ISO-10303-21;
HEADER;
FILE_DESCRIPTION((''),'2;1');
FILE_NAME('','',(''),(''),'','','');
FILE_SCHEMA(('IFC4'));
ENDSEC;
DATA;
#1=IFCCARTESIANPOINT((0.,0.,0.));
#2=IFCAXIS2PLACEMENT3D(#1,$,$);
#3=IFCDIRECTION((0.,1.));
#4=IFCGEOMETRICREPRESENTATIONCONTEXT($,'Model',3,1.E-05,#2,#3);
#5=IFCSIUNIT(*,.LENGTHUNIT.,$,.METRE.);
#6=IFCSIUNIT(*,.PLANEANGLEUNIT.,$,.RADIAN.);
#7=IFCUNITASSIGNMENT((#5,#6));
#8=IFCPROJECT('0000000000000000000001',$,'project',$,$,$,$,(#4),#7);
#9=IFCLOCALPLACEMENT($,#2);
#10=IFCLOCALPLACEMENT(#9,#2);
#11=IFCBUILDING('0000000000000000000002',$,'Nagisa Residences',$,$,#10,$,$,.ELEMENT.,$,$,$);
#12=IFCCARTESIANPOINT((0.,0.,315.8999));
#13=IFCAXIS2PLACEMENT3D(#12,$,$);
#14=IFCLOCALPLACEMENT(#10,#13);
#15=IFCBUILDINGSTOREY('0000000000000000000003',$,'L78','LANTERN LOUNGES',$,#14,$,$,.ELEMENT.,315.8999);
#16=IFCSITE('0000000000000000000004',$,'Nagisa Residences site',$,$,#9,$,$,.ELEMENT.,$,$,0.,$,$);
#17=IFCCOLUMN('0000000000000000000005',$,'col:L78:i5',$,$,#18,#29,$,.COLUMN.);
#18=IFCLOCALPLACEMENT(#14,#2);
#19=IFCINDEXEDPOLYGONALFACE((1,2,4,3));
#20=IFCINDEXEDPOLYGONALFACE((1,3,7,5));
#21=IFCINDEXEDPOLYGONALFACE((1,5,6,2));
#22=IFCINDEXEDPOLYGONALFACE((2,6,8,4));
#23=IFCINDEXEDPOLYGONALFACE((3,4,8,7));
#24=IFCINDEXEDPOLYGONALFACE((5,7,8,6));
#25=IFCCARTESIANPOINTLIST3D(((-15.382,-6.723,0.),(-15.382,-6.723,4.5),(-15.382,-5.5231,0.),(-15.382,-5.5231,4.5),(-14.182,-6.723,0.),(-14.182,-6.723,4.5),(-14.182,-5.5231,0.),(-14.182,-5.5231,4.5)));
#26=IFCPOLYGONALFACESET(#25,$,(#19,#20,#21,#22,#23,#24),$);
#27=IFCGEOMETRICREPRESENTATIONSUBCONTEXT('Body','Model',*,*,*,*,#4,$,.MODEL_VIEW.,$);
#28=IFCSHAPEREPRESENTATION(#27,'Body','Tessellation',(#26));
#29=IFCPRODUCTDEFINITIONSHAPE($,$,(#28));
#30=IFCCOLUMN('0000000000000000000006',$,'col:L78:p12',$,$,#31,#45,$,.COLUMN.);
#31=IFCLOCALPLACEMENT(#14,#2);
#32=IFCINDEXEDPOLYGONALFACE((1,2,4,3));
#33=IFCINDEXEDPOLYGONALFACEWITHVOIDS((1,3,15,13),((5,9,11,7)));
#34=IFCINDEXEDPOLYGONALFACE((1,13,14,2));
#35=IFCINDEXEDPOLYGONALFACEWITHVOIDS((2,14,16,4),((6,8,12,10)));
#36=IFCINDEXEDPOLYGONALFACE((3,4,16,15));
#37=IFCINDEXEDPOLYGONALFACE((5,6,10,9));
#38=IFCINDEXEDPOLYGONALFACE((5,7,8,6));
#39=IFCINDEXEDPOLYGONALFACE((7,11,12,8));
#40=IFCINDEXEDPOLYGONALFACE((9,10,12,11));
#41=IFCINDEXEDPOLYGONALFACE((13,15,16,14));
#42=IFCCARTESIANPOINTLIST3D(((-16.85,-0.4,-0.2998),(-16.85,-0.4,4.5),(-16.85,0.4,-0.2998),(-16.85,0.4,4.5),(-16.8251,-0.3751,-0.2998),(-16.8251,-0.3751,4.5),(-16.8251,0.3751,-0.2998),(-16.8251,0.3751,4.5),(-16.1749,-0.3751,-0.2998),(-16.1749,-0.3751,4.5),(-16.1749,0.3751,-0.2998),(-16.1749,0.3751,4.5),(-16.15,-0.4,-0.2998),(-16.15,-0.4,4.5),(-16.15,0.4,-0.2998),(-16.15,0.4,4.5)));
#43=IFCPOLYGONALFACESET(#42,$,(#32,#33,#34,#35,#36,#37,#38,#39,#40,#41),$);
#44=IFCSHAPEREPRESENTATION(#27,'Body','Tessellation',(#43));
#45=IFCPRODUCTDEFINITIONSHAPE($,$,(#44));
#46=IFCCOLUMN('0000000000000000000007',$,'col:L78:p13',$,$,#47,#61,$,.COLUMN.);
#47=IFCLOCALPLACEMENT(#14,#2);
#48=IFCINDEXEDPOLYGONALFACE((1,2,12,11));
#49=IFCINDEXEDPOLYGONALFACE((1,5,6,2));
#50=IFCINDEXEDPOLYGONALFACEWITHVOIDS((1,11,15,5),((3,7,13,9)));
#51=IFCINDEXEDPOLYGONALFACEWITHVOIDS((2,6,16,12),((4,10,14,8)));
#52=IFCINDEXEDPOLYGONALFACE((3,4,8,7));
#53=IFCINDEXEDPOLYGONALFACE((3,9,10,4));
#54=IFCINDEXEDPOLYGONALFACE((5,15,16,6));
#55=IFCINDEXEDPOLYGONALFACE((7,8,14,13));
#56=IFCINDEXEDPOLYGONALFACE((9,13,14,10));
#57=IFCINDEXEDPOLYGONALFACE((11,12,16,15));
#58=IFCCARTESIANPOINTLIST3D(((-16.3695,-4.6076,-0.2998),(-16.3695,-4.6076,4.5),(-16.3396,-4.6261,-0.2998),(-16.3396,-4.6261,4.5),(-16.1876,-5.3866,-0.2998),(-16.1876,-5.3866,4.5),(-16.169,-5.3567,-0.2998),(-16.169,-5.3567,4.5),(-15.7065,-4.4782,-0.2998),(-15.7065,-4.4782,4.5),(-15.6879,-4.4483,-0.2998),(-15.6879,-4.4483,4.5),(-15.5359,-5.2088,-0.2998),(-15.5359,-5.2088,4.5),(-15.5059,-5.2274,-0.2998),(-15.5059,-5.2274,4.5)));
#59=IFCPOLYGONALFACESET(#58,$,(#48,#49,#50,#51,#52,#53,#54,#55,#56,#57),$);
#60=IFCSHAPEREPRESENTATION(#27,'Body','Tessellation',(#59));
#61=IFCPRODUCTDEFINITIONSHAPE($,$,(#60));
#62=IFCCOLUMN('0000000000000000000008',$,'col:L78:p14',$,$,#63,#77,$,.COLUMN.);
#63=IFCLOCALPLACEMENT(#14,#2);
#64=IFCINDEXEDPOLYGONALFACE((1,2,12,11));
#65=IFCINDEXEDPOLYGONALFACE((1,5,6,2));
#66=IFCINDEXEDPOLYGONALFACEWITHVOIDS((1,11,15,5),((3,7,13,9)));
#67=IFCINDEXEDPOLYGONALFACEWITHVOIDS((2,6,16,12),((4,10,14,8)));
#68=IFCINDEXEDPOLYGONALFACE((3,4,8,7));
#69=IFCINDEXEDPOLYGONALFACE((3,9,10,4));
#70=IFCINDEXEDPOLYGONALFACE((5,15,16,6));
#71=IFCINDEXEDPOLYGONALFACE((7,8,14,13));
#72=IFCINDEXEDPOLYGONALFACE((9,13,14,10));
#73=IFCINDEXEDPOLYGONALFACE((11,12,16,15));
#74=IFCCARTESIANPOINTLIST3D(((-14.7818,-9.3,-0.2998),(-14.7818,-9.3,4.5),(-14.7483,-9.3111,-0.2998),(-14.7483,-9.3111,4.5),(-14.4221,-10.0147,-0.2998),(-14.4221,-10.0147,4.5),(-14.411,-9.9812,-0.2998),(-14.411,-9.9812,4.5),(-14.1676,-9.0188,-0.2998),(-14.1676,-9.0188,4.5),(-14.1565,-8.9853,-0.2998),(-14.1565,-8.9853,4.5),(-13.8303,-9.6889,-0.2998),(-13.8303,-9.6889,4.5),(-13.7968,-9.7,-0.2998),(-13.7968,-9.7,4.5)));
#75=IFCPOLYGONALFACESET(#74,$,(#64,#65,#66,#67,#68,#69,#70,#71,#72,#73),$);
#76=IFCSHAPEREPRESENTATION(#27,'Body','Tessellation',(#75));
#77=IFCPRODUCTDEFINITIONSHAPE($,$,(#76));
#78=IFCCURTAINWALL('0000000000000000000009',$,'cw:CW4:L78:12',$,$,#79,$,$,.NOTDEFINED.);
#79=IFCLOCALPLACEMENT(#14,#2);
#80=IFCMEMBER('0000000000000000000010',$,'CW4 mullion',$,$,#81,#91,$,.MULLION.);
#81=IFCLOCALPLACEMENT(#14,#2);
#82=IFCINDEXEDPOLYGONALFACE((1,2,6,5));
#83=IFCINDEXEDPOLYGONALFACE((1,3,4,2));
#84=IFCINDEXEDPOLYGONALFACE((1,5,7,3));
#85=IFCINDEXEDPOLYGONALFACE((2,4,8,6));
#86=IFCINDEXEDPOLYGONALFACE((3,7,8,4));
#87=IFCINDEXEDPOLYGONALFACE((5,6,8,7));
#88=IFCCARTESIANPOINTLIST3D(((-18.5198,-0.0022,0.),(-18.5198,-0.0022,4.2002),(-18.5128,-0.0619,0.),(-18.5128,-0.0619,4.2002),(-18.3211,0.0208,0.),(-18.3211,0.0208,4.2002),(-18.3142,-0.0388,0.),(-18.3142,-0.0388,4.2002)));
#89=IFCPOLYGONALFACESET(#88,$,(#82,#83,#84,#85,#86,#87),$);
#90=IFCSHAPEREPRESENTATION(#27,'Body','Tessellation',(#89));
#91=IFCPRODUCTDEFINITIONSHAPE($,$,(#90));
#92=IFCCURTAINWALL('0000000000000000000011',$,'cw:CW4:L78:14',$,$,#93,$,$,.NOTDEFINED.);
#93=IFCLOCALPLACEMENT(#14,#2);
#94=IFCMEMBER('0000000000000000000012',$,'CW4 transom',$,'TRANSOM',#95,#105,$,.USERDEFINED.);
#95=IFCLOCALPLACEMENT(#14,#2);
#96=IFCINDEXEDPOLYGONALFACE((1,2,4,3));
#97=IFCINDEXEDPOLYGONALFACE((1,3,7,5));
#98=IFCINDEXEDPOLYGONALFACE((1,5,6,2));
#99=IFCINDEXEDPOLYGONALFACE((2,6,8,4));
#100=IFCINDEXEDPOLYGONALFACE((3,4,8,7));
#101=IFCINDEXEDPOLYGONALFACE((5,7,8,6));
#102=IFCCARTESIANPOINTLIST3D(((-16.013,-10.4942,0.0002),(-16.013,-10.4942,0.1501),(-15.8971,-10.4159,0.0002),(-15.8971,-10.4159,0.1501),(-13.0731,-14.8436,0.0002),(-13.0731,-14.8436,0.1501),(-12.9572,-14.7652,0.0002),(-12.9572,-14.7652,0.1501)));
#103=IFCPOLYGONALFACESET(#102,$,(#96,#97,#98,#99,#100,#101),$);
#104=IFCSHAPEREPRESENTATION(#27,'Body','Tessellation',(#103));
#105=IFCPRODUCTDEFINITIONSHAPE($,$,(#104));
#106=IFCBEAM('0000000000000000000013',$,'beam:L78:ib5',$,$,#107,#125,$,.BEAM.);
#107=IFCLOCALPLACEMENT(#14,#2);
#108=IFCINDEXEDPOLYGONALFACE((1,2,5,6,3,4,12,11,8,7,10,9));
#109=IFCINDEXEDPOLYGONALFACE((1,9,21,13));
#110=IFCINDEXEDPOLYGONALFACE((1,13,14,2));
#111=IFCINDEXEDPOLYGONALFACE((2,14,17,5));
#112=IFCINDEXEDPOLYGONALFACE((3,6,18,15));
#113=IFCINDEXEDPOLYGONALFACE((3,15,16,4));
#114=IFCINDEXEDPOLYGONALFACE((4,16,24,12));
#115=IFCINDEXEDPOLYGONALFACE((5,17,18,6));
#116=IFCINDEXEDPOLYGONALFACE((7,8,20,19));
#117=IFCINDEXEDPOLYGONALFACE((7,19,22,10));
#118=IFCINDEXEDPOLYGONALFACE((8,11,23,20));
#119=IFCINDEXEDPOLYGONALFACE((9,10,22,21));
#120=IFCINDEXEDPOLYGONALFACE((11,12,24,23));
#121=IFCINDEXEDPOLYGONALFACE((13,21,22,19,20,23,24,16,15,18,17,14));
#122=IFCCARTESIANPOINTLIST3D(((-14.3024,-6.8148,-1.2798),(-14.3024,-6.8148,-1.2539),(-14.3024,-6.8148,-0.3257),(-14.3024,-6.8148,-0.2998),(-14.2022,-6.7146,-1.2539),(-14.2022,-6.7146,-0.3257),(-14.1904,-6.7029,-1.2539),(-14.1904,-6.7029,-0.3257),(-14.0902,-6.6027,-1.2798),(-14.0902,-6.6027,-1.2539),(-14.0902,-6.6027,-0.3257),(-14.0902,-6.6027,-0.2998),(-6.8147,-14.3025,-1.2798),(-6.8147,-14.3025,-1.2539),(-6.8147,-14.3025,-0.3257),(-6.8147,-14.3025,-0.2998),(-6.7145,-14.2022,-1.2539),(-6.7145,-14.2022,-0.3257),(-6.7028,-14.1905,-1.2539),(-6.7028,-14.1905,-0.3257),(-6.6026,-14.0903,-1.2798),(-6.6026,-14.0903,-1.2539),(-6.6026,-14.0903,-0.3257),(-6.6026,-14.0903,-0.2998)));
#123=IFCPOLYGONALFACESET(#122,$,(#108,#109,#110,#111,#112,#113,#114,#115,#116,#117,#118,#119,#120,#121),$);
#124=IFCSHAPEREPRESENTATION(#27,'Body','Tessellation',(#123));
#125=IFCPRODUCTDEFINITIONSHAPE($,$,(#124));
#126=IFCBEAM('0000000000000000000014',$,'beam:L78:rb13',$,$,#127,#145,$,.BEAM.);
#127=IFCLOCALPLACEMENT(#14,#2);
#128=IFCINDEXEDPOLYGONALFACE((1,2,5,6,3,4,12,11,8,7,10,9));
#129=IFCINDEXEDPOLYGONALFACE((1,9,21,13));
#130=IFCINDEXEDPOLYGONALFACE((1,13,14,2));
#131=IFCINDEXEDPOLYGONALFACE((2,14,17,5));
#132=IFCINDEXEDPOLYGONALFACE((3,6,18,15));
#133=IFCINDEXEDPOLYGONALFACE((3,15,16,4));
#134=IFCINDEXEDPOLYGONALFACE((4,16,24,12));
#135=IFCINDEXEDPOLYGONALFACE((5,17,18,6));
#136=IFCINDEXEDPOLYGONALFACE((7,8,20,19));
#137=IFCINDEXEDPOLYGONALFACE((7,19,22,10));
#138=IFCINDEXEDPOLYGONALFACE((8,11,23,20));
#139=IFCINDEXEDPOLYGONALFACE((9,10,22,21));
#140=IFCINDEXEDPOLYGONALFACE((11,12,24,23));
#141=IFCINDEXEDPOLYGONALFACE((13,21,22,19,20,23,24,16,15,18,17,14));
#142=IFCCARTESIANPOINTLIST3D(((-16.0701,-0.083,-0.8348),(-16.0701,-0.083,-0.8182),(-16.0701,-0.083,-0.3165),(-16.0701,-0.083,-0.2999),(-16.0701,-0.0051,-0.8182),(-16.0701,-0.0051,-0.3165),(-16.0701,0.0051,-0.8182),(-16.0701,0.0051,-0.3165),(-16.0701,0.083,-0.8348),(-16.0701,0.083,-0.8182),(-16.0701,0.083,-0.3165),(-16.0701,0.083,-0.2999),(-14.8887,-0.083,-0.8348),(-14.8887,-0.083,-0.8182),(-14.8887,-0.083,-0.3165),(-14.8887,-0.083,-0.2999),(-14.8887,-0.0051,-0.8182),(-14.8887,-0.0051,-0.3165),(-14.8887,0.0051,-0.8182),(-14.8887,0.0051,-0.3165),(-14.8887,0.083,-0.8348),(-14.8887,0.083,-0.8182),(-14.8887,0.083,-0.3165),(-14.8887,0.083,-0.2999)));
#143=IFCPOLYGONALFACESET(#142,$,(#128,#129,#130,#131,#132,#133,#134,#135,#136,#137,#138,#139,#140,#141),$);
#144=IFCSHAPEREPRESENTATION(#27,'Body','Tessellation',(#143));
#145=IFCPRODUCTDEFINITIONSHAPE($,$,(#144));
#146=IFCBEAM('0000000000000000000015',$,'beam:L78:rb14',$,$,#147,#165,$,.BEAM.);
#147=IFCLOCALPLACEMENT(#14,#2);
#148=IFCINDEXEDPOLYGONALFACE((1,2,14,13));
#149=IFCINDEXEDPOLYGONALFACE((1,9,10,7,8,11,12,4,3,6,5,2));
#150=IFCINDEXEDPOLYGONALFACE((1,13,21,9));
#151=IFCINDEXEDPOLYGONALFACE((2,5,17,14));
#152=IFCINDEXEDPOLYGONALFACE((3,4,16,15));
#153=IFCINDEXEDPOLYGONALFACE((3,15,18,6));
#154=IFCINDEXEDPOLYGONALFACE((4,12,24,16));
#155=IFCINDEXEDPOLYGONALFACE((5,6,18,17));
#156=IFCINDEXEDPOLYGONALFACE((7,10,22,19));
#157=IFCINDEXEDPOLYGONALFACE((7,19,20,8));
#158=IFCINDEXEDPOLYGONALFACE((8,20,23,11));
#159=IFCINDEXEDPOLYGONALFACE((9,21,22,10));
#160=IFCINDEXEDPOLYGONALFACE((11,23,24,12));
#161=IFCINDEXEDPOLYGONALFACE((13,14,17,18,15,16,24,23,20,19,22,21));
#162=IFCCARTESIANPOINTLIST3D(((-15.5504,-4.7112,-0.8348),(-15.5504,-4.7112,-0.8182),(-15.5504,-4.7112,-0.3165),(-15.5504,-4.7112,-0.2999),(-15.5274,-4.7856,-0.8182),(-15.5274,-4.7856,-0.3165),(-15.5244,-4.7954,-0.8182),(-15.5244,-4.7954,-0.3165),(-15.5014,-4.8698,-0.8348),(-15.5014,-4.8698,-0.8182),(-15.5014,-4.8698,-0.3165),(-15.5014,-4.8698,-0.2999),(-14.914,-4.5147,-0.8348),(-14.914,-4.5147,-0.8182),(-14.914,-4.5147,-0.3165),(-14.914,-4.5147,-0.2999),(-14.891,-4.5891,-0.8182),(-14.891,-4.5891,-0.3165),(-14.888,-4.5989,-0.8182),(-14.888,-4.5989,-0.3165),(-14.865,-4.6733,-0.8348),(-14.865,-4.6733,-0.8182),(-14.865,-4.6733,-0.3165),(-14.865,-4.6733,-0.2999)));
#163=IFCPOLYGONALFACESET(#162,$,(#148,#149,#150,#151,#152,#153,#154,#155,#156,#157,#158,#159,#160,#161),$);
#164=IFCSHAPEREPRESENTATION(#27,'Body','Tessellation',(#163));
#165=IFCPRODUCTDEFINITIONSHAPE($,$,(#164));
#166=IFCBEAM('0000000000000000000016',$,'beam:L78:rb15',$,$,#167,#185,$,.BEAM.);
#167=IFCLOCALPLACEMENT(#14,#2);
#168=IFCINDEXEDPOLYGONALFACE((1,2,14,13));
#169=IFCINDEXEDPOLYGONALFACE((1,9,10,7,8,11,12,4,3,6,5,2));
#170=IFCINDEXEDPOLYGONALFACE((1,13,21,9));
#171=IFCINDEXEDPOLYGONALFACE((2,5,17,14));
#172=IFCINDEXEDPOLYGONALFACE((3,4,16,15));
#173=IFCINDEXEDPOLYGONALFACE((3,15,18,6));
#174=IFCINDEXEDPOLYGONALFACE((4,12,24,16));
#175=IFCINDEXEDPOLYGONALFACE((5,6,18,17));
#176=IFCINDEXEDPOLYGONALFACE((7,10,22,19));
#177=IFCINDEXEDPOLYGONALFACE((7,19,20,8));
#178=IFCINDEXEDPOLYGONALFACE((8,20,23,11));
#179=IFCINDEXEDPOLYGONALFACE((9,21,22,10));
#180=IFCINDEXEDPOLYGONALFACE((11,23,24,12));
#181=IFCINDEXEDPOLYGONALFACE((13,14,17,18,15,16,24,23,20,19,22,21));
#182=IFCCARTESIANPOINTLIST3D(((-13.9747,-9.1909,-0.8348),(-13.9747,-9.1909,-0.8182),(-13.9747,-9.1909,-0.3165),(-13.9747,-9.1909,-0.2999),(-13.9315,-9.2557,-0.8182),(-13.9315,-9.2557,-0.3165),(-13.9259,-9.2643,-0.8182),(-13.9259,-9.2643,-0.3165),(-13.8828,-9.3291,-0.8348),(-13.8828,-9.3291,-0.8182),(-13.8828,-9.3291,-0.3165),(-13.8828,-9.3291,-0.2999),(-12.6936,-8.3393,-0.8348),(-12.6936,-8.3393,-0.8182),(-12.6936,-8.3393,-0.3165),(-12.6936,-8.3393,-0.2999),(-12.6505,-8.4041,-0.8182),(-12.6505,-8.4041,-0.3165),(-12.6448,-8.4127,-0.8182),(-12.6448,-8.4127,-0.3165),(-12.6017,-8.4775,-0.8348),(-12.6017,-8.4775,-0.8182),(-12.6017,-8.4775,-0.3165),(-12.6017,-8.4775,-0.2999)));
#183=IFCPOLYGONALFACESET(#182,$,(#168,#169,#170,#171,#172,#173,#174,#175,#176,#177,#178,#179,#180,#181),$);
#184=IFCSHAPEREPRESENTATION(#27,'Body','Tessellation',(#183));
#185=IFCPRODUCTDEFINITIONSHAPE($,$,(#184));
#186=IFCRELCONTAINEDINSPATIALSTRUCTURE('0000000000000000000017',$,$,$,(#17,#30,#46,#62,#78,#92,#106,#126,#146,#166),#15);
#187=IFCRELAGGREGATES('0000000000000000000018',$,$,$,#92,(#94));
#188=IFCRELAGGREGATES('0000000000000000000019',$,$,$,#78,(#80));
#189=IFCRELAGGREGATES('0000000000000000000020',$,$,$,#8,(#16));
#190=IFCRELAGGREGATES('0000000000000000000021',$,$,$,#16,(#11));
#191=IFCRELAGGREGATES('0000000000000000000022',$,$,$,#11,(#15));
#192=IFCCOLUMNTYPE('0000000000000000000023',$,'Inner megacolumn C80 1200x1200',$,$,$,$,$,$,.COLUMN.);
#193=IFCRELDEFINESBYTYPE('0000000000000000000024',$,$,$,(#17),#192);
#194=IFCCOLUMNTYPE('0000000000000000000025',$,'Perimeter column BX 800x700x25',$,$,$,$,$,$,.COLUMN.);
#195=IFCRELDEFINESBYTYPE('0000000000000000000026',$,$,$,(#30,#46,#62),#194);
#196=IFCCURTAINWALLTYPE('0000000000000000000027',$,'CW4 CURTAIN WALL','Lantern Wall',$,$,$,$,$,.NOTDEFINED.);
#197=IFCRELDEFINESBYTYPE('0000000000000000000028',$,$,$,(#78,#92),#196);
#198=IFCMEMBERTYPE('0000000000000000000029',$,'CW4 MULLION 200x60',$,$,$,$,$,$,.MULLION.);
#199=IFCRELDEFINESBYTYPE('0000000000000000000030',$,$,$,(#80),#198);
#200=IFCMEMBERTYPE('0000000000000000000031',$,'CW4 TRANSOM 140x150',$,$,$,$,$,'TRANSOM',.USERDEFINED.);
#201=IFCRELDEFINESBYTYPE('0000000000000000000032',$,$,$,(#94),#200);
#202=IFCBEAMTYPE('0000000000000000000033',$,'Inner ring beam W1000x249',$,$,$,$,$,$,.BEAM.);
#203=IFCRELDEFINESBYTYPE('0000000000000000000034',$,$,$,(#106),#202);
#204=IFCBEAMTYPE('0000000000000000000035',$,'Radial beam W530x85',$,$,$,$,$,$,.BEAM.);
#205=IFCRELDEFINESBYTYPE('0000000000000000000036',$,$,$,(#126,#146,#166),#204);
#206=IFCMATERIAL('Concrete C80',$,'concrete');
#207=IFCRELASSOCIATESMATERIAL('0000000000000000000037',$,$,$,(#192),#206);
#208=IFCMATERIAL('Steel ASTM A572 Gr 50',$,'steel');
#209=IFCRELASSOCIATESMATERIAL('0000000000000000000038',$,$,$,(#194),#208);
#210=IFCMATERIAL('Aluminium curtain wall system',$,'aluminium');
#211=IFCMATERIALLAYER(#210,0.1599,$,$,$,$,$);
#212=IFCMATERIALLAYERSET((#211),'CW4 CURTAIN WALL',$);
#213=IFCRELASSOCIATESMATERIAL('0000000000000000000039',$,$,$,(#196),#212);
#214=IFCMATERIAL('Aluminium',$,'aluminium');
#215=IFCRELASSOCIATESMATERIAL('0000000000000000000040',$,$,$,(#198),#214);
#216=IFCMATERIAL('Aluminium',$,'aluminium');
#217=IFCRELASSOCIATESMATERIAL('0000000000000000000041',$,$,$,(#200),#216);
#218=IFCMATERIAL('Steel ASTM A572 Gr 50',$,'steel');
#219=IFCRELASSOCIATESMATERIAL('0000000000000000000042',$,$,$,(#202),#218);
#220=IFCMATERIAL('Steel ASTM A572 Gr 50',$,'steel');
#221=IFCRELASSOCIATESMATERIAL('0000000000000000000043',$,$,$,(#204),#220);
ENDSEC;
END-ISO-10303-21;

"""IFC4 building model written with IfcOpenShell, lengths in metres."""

from ifc_helpers import new_model, si_unit, direction, frame, origin, origin_2d, place, context, subcontext, project, spatial, rectangle, hollow_rectangle, i_section, extrude, material, layer, layer_set, material_profile, profile_set, type_object, element, aggregate, save


model = new_model("IFC4")

# Units and contexts
model_context = context("Model", 3, precision=1e-05, world=origin(), true_north=direction((0.0, 1.0)))
body_context = subcontext(model_context, "Body", "Model", "MODEL_VIEW")
ifc_project = project(units=[si_unit("LENGTHUNIT", "METRE"), si_unit("PLANEANGLEUNIT", "RADIAN")], contexts=[model_context])

# Site, building, storey
site_placement = place(None, origin())
site = spatial("IfcSite", under=ifc_project, at=site_placement, Name="Nagisa Residences site", CompositionType="ELEMENT", RefElevation=0.0)
building_placement = place(site_placement, origin())
building = spatial("IfcBuilding", under=site, at=building_placement, Name="Nagisa Residences", CompositionType="ELEMENT")
storey_placement = place(building_placement, frame((0.0, 0.0, 315.8999)))
storey = spatial("IfcBuildingStorey", under=building, at=storey_placement, Name="L78", Description="LANTERN LOUNGES", CompositionType="ELEMENT", Elevation=315.8999)

# Columns
ifc_material_1 = material(Name="Concrete C80", Category="concrete")
ifc_material_profile_1 = material_profile(ifc_material_1, rectangle(XDim=1.2, YDim=1.2, at=origin_2d()), Name="C80 1200x1200")
ifc_profile_set_1 = profile_set([ifc_material_profile_1], Name="Concrete C80")
column_type_1 = type_object("IfcColumnType", Name="Inner megacolumn C80 1200x1200", PredefinedType="COLUMN", material=ifc_profile_set_1)
column_placement = place(storey_placement, frame((-14.782, -6.123, 0.0), z_axis=(0.0, 0.0, 1.0), x_axis=(1.0, 0.0, 0.0)))
element("IfcColumn", 1, at=column_placement, inside=storey, type_object=column_type_1, Name="col:L78:i5", PredefinedType="COLUMN", context=body_context, shape_type="SweptSolid", body=[
    extrude(rectangle(XDim=1.2, YDim=1.2, at=origin_2d()), origin(), (0.0, 0.0, 1.0), 4.5),
])
ifc_material_2 = material(Name="Steel ASTM A572 Gr 50", Category="steel")
ifc_material_profile_2 = material_profile(ifc_material_2, hollow_rectangle(XDim=0.8, YDim=0.7, WallThickness=0.0249, at=origin_2d()), Name="BX 800x700x25")
ifc_profile_set_2 = profile_set([ifc_material_profile_2], Name="Steel ASTM A572 Gr 50")
column_type_2 = type_object("IfcColumnType", Name="Perimeter column BX 800x700x25", PredefinedType="COLUMN", material=ifc_profile_set_2)
for number, where, z_axis, x_axis, name in (
    (2, (-16.5, 0.0, -0.2998), (0.0, 0.0, 1.0), (0.0, -1.0, 0.0), "col:L78:p12"),
    (3, (-15.9377, -4.9175, -0.2998), (0.0, 0.0, 1.0), (0.227473, -0.973784, 0.0), "col:L78:p13"),
    (4, (-14.2893, -9.5, -0.2998), (0.0, 0.0, 1.0), (0.449592, -0.893234, 0.0), "col:L78:p14"),
):
    element("IfcColumn", number, at=place(storey_placement, frame(where, z_axis=z_axis, x_axis=x_axis)), inside=storey, type_object=column_type_2, Name=name, PredefinedType="COLUMN", context=body_context, shape_type="SweptSolid", body=[
        extrude(hollow_rectangle(XDim=0.8, YDim=0.7, WallThickness=0.0249, at=origin_2d()), origin(), (0.0, 0.0, 1.0), 4.7998),
    ])

# Curtain walls, members
ifc_material_3 = material(Name="Aluminium curtain wall system", Category="aluminium")
ifc_layer_1 = layer(ifc_material_3, 0.1599)
ifc_layer_set_1 = layer_set([ifc_layer_1], Name="CW4 CURTAIN WALL")
curtain_wall_type = type_object("IfcCurtainWallType", Name="CW4 CURTAIN WALL", Description="Lantern Wall", PredefinedType="NOTDEFINED", material=ifc_layer_set_1)
curtain_wall_1_placement = place(storey_placement, origin())
curtain_wall_1 = element("IfcCurtainWall", 5, at=curtain_wall_1_placement, inside=storey, type_object=curtain_wall_type, Name="cw:CW4:L78:12", PredefinedType="NOTDEFINED")
ifc_material_4 = material(Name="Aluminium", Category="aluminium")
ifc_material_profile_3 = material_profile(ifc_material_4, rectangle(XDim=0.2, YDim=0.0601, at=origin_2d()), Name="CW4 MULLION 200x60")
ifc_profile_set_3 = profile_set([ifc_material_profile_3], Name="Aluminium")
member_type_1 = type_object("IfcMemberType", Name="CW4 MULLION 200x60", PredefinedType="MULLION", material=ifc_profile_set_3)
member_1_placement = place(storey_placement, frame((-18.417, -0.0205, 0.0), z_axis=(0.0, 0.0, 1.0), x_axis=(0.993341, 0.115207, 0.0)))
member_1 = element("IfcMember", 6, at=member_1_placement, type_object=member_type_1, Name="CW4 mullion", PredefinedType="MULLION", context=body_context, shape_type="SweptSolid", body=[
    extrude(rectangle(XDim=0.2, YDim=0.0601, at=origin_2d()), origin(), (0.0, 0.0, 1.0), 4.2002),
])
curtain_wall_2_placement = place(storey_placement, origin())
curtain_wall_2 = element("IfcCurtainWall", 7, at=curtain_wall_2_placement, inside=storey, type_object=curtain_wall_type, Name="cw:CW4:L78:14", PredefinedType="NOTDEFINED")
ifc_material_5 = material(Name="Aluminium", Category="aluminium")
ifc_material_profile_4 = material_profile(ifc_material_5, rectangle(XDim=0.1399, YDim=0.1499, at=origin_2d()), Name="CW4 TRANSOM 140x150")
ifc_profile_set_4 = profile_set([ifc_material_profile_4], Name="Aluminium")
member_type_2 = type_object("IfcMemberType", Name="CW4 TRANSOM 140x150", ElementType="TRANSOM", PredefinedType="USERDEFINED", material=ifc_profile_set_4)
member_2_placement = place(storey_placement, frame((-15.9551, -10.4551, 0.0752), z_axis=(0.560012, -0.828485, 0.0), x_axis=(0.828485, 0.560012, 0.0)))
member_2 = element("IfcMember", 8, at=member_2_placement, type_object=member_type_2, Name="CW4 transom", ObjectType="TRANSOM", PredefinedType="USERDEFINED", context=body_context, shape_type="SweptSolid", body=[
    extrude(rectangle(XDim=0.1399, YDim=0.1499, at=origin_2d()), origin(), (0.0, 0.0, 1.0), 5.2498),
])
aggregate(curtain_wall_2, [member_2])

# Beams
ifc_material_6 = material(Name="Steel ASTM A572 Gr 50", Category="steel")
ifc_material_profile_5 = material_profile(ifc_material_6, i_section(OverallWidth=0.3, OverallDepth=0.98, WebThickness=0.0166, FlangeThickness=0.0259, at=origin_2d()), Name="W1000x249")
ifc_profile_set_5 = profile_set([ifc_material_profile_5], Name="Steel ASTM A572 Gr 50")
beam_type_1 = type_object("IfcBeamType", Name="Inner ring beam W1000x249", PredefinedType="BEAM", material=ifc_profile_set_5)
beam_1_placement = place(storey_placement, frame((-14.1963, -6.7087, -0.7898), z_axis=(0.707107, -0.707107, 0.0), x_axis=(0.707107, 0.707107, 0.0)))
element("IfcBeam", 9, at=beam_1_placement, inside=storey, type_object=beam_type_1, Name="beam:L78:ib5", PredefinedType="BEAM", context=body_context, shape_type="SweptSolid", body=[
    extrude(i_section(OverallWidth=0.3, OverallDepth=0.98, WebThickness=0.0166, FlangeThickness=0.0259, at=origin_2d()), origin(), (0.0, 0.0, 1.0), 10.5891),
])
ifc_material_7 = material(Name="Steel ASTM A572 Gr 50", Category="steel")
ifc_material_profile_6 = material_profile(ifc_material_7, i_section(OverallWidth=0.166, OverallDepth=0.5349, WebThickness=0.0103, FlangeThickness=0.0166, at=origin_2d()), Name="W530x85")
ifc_profile_set_6 = profile_set([ifc_material_profile_6], Name="Steel ASTM A572 Gr 50")
beam_type_2 = type_object("IfcBeamType", Name="Radial beam W530x85", PredefinedType="BEAM", material=ifc_profile_set_6)
beam_2_placement = place(storey_placement, frame((-16.0701, 0.0, -0.5674), z_axis=(1.0, 0.0, 0.0), x_axis=(0.0, 1.0, 0.0)))
element("IfcBeam", 10, at=beam_2_placement, inside=storey, type_object=beam_type_2, Name="beam:L78:rb13", PredefinedType="BEAM", context=body_context, shape_type="SweptSolid", body=[
    extrude(i_section(OverallWidth=0.166, OverallDepth=0.5349, WebThickness=0.0103, FlangeThickness=0.0166, at=origin_2d()), origin(), (0.0, 0.0, 1.0), 1.1814),
])
beam_3_placement = place(storey_placement, frame((-15.5259, -4.7905, -0.5674), z_axis=(0.955485, 0.295039, 0.0), x_axis=(-0.295039, 0.955485, 0.0)))
element("IfcBeam", 11, at=beam_3_placement, inside=storey, type_object=beam_type_2, Name="beam:L78:rb14", PredefinedType="BEAM", context=body_context, shape_type="SweptSolid", body=[
    extrude(i_section(OverallWidth=0.166, OverallDepth=0.5349, WebThickness=0.0103, FlangeThickness=0.0166, at=origin_2d()), origin(), (0.0, 0.0, 1.0), 0.666),
])
beam_4_placement = place(storey_placement, frame((-13.9287, -9.26, -0.5674), z_axis=(0.832782, 0.553601, 0.0), x_axis=(-0.553601, 0.832782, 0.0)))
element("IfcBeam", 12, at=beam_4_placement, inside=storey, type_object=beam_type_2, Name="beam:L78:rb15", PredefinedType="BEAM", context=body_context, shape_type="SweptSolid", body=[
    extrude(i_section(OverallWidth=0.166, OverallDepth=0.5349, WebThickness=0.0103, FlangeThickness=0.0166, at=origin_2d()), origin(), (0.0, 0.0, 1.0), 1.5383),
])

aggregate(curtain_wall_1, [member_1])

save(model, "model.ifc")
